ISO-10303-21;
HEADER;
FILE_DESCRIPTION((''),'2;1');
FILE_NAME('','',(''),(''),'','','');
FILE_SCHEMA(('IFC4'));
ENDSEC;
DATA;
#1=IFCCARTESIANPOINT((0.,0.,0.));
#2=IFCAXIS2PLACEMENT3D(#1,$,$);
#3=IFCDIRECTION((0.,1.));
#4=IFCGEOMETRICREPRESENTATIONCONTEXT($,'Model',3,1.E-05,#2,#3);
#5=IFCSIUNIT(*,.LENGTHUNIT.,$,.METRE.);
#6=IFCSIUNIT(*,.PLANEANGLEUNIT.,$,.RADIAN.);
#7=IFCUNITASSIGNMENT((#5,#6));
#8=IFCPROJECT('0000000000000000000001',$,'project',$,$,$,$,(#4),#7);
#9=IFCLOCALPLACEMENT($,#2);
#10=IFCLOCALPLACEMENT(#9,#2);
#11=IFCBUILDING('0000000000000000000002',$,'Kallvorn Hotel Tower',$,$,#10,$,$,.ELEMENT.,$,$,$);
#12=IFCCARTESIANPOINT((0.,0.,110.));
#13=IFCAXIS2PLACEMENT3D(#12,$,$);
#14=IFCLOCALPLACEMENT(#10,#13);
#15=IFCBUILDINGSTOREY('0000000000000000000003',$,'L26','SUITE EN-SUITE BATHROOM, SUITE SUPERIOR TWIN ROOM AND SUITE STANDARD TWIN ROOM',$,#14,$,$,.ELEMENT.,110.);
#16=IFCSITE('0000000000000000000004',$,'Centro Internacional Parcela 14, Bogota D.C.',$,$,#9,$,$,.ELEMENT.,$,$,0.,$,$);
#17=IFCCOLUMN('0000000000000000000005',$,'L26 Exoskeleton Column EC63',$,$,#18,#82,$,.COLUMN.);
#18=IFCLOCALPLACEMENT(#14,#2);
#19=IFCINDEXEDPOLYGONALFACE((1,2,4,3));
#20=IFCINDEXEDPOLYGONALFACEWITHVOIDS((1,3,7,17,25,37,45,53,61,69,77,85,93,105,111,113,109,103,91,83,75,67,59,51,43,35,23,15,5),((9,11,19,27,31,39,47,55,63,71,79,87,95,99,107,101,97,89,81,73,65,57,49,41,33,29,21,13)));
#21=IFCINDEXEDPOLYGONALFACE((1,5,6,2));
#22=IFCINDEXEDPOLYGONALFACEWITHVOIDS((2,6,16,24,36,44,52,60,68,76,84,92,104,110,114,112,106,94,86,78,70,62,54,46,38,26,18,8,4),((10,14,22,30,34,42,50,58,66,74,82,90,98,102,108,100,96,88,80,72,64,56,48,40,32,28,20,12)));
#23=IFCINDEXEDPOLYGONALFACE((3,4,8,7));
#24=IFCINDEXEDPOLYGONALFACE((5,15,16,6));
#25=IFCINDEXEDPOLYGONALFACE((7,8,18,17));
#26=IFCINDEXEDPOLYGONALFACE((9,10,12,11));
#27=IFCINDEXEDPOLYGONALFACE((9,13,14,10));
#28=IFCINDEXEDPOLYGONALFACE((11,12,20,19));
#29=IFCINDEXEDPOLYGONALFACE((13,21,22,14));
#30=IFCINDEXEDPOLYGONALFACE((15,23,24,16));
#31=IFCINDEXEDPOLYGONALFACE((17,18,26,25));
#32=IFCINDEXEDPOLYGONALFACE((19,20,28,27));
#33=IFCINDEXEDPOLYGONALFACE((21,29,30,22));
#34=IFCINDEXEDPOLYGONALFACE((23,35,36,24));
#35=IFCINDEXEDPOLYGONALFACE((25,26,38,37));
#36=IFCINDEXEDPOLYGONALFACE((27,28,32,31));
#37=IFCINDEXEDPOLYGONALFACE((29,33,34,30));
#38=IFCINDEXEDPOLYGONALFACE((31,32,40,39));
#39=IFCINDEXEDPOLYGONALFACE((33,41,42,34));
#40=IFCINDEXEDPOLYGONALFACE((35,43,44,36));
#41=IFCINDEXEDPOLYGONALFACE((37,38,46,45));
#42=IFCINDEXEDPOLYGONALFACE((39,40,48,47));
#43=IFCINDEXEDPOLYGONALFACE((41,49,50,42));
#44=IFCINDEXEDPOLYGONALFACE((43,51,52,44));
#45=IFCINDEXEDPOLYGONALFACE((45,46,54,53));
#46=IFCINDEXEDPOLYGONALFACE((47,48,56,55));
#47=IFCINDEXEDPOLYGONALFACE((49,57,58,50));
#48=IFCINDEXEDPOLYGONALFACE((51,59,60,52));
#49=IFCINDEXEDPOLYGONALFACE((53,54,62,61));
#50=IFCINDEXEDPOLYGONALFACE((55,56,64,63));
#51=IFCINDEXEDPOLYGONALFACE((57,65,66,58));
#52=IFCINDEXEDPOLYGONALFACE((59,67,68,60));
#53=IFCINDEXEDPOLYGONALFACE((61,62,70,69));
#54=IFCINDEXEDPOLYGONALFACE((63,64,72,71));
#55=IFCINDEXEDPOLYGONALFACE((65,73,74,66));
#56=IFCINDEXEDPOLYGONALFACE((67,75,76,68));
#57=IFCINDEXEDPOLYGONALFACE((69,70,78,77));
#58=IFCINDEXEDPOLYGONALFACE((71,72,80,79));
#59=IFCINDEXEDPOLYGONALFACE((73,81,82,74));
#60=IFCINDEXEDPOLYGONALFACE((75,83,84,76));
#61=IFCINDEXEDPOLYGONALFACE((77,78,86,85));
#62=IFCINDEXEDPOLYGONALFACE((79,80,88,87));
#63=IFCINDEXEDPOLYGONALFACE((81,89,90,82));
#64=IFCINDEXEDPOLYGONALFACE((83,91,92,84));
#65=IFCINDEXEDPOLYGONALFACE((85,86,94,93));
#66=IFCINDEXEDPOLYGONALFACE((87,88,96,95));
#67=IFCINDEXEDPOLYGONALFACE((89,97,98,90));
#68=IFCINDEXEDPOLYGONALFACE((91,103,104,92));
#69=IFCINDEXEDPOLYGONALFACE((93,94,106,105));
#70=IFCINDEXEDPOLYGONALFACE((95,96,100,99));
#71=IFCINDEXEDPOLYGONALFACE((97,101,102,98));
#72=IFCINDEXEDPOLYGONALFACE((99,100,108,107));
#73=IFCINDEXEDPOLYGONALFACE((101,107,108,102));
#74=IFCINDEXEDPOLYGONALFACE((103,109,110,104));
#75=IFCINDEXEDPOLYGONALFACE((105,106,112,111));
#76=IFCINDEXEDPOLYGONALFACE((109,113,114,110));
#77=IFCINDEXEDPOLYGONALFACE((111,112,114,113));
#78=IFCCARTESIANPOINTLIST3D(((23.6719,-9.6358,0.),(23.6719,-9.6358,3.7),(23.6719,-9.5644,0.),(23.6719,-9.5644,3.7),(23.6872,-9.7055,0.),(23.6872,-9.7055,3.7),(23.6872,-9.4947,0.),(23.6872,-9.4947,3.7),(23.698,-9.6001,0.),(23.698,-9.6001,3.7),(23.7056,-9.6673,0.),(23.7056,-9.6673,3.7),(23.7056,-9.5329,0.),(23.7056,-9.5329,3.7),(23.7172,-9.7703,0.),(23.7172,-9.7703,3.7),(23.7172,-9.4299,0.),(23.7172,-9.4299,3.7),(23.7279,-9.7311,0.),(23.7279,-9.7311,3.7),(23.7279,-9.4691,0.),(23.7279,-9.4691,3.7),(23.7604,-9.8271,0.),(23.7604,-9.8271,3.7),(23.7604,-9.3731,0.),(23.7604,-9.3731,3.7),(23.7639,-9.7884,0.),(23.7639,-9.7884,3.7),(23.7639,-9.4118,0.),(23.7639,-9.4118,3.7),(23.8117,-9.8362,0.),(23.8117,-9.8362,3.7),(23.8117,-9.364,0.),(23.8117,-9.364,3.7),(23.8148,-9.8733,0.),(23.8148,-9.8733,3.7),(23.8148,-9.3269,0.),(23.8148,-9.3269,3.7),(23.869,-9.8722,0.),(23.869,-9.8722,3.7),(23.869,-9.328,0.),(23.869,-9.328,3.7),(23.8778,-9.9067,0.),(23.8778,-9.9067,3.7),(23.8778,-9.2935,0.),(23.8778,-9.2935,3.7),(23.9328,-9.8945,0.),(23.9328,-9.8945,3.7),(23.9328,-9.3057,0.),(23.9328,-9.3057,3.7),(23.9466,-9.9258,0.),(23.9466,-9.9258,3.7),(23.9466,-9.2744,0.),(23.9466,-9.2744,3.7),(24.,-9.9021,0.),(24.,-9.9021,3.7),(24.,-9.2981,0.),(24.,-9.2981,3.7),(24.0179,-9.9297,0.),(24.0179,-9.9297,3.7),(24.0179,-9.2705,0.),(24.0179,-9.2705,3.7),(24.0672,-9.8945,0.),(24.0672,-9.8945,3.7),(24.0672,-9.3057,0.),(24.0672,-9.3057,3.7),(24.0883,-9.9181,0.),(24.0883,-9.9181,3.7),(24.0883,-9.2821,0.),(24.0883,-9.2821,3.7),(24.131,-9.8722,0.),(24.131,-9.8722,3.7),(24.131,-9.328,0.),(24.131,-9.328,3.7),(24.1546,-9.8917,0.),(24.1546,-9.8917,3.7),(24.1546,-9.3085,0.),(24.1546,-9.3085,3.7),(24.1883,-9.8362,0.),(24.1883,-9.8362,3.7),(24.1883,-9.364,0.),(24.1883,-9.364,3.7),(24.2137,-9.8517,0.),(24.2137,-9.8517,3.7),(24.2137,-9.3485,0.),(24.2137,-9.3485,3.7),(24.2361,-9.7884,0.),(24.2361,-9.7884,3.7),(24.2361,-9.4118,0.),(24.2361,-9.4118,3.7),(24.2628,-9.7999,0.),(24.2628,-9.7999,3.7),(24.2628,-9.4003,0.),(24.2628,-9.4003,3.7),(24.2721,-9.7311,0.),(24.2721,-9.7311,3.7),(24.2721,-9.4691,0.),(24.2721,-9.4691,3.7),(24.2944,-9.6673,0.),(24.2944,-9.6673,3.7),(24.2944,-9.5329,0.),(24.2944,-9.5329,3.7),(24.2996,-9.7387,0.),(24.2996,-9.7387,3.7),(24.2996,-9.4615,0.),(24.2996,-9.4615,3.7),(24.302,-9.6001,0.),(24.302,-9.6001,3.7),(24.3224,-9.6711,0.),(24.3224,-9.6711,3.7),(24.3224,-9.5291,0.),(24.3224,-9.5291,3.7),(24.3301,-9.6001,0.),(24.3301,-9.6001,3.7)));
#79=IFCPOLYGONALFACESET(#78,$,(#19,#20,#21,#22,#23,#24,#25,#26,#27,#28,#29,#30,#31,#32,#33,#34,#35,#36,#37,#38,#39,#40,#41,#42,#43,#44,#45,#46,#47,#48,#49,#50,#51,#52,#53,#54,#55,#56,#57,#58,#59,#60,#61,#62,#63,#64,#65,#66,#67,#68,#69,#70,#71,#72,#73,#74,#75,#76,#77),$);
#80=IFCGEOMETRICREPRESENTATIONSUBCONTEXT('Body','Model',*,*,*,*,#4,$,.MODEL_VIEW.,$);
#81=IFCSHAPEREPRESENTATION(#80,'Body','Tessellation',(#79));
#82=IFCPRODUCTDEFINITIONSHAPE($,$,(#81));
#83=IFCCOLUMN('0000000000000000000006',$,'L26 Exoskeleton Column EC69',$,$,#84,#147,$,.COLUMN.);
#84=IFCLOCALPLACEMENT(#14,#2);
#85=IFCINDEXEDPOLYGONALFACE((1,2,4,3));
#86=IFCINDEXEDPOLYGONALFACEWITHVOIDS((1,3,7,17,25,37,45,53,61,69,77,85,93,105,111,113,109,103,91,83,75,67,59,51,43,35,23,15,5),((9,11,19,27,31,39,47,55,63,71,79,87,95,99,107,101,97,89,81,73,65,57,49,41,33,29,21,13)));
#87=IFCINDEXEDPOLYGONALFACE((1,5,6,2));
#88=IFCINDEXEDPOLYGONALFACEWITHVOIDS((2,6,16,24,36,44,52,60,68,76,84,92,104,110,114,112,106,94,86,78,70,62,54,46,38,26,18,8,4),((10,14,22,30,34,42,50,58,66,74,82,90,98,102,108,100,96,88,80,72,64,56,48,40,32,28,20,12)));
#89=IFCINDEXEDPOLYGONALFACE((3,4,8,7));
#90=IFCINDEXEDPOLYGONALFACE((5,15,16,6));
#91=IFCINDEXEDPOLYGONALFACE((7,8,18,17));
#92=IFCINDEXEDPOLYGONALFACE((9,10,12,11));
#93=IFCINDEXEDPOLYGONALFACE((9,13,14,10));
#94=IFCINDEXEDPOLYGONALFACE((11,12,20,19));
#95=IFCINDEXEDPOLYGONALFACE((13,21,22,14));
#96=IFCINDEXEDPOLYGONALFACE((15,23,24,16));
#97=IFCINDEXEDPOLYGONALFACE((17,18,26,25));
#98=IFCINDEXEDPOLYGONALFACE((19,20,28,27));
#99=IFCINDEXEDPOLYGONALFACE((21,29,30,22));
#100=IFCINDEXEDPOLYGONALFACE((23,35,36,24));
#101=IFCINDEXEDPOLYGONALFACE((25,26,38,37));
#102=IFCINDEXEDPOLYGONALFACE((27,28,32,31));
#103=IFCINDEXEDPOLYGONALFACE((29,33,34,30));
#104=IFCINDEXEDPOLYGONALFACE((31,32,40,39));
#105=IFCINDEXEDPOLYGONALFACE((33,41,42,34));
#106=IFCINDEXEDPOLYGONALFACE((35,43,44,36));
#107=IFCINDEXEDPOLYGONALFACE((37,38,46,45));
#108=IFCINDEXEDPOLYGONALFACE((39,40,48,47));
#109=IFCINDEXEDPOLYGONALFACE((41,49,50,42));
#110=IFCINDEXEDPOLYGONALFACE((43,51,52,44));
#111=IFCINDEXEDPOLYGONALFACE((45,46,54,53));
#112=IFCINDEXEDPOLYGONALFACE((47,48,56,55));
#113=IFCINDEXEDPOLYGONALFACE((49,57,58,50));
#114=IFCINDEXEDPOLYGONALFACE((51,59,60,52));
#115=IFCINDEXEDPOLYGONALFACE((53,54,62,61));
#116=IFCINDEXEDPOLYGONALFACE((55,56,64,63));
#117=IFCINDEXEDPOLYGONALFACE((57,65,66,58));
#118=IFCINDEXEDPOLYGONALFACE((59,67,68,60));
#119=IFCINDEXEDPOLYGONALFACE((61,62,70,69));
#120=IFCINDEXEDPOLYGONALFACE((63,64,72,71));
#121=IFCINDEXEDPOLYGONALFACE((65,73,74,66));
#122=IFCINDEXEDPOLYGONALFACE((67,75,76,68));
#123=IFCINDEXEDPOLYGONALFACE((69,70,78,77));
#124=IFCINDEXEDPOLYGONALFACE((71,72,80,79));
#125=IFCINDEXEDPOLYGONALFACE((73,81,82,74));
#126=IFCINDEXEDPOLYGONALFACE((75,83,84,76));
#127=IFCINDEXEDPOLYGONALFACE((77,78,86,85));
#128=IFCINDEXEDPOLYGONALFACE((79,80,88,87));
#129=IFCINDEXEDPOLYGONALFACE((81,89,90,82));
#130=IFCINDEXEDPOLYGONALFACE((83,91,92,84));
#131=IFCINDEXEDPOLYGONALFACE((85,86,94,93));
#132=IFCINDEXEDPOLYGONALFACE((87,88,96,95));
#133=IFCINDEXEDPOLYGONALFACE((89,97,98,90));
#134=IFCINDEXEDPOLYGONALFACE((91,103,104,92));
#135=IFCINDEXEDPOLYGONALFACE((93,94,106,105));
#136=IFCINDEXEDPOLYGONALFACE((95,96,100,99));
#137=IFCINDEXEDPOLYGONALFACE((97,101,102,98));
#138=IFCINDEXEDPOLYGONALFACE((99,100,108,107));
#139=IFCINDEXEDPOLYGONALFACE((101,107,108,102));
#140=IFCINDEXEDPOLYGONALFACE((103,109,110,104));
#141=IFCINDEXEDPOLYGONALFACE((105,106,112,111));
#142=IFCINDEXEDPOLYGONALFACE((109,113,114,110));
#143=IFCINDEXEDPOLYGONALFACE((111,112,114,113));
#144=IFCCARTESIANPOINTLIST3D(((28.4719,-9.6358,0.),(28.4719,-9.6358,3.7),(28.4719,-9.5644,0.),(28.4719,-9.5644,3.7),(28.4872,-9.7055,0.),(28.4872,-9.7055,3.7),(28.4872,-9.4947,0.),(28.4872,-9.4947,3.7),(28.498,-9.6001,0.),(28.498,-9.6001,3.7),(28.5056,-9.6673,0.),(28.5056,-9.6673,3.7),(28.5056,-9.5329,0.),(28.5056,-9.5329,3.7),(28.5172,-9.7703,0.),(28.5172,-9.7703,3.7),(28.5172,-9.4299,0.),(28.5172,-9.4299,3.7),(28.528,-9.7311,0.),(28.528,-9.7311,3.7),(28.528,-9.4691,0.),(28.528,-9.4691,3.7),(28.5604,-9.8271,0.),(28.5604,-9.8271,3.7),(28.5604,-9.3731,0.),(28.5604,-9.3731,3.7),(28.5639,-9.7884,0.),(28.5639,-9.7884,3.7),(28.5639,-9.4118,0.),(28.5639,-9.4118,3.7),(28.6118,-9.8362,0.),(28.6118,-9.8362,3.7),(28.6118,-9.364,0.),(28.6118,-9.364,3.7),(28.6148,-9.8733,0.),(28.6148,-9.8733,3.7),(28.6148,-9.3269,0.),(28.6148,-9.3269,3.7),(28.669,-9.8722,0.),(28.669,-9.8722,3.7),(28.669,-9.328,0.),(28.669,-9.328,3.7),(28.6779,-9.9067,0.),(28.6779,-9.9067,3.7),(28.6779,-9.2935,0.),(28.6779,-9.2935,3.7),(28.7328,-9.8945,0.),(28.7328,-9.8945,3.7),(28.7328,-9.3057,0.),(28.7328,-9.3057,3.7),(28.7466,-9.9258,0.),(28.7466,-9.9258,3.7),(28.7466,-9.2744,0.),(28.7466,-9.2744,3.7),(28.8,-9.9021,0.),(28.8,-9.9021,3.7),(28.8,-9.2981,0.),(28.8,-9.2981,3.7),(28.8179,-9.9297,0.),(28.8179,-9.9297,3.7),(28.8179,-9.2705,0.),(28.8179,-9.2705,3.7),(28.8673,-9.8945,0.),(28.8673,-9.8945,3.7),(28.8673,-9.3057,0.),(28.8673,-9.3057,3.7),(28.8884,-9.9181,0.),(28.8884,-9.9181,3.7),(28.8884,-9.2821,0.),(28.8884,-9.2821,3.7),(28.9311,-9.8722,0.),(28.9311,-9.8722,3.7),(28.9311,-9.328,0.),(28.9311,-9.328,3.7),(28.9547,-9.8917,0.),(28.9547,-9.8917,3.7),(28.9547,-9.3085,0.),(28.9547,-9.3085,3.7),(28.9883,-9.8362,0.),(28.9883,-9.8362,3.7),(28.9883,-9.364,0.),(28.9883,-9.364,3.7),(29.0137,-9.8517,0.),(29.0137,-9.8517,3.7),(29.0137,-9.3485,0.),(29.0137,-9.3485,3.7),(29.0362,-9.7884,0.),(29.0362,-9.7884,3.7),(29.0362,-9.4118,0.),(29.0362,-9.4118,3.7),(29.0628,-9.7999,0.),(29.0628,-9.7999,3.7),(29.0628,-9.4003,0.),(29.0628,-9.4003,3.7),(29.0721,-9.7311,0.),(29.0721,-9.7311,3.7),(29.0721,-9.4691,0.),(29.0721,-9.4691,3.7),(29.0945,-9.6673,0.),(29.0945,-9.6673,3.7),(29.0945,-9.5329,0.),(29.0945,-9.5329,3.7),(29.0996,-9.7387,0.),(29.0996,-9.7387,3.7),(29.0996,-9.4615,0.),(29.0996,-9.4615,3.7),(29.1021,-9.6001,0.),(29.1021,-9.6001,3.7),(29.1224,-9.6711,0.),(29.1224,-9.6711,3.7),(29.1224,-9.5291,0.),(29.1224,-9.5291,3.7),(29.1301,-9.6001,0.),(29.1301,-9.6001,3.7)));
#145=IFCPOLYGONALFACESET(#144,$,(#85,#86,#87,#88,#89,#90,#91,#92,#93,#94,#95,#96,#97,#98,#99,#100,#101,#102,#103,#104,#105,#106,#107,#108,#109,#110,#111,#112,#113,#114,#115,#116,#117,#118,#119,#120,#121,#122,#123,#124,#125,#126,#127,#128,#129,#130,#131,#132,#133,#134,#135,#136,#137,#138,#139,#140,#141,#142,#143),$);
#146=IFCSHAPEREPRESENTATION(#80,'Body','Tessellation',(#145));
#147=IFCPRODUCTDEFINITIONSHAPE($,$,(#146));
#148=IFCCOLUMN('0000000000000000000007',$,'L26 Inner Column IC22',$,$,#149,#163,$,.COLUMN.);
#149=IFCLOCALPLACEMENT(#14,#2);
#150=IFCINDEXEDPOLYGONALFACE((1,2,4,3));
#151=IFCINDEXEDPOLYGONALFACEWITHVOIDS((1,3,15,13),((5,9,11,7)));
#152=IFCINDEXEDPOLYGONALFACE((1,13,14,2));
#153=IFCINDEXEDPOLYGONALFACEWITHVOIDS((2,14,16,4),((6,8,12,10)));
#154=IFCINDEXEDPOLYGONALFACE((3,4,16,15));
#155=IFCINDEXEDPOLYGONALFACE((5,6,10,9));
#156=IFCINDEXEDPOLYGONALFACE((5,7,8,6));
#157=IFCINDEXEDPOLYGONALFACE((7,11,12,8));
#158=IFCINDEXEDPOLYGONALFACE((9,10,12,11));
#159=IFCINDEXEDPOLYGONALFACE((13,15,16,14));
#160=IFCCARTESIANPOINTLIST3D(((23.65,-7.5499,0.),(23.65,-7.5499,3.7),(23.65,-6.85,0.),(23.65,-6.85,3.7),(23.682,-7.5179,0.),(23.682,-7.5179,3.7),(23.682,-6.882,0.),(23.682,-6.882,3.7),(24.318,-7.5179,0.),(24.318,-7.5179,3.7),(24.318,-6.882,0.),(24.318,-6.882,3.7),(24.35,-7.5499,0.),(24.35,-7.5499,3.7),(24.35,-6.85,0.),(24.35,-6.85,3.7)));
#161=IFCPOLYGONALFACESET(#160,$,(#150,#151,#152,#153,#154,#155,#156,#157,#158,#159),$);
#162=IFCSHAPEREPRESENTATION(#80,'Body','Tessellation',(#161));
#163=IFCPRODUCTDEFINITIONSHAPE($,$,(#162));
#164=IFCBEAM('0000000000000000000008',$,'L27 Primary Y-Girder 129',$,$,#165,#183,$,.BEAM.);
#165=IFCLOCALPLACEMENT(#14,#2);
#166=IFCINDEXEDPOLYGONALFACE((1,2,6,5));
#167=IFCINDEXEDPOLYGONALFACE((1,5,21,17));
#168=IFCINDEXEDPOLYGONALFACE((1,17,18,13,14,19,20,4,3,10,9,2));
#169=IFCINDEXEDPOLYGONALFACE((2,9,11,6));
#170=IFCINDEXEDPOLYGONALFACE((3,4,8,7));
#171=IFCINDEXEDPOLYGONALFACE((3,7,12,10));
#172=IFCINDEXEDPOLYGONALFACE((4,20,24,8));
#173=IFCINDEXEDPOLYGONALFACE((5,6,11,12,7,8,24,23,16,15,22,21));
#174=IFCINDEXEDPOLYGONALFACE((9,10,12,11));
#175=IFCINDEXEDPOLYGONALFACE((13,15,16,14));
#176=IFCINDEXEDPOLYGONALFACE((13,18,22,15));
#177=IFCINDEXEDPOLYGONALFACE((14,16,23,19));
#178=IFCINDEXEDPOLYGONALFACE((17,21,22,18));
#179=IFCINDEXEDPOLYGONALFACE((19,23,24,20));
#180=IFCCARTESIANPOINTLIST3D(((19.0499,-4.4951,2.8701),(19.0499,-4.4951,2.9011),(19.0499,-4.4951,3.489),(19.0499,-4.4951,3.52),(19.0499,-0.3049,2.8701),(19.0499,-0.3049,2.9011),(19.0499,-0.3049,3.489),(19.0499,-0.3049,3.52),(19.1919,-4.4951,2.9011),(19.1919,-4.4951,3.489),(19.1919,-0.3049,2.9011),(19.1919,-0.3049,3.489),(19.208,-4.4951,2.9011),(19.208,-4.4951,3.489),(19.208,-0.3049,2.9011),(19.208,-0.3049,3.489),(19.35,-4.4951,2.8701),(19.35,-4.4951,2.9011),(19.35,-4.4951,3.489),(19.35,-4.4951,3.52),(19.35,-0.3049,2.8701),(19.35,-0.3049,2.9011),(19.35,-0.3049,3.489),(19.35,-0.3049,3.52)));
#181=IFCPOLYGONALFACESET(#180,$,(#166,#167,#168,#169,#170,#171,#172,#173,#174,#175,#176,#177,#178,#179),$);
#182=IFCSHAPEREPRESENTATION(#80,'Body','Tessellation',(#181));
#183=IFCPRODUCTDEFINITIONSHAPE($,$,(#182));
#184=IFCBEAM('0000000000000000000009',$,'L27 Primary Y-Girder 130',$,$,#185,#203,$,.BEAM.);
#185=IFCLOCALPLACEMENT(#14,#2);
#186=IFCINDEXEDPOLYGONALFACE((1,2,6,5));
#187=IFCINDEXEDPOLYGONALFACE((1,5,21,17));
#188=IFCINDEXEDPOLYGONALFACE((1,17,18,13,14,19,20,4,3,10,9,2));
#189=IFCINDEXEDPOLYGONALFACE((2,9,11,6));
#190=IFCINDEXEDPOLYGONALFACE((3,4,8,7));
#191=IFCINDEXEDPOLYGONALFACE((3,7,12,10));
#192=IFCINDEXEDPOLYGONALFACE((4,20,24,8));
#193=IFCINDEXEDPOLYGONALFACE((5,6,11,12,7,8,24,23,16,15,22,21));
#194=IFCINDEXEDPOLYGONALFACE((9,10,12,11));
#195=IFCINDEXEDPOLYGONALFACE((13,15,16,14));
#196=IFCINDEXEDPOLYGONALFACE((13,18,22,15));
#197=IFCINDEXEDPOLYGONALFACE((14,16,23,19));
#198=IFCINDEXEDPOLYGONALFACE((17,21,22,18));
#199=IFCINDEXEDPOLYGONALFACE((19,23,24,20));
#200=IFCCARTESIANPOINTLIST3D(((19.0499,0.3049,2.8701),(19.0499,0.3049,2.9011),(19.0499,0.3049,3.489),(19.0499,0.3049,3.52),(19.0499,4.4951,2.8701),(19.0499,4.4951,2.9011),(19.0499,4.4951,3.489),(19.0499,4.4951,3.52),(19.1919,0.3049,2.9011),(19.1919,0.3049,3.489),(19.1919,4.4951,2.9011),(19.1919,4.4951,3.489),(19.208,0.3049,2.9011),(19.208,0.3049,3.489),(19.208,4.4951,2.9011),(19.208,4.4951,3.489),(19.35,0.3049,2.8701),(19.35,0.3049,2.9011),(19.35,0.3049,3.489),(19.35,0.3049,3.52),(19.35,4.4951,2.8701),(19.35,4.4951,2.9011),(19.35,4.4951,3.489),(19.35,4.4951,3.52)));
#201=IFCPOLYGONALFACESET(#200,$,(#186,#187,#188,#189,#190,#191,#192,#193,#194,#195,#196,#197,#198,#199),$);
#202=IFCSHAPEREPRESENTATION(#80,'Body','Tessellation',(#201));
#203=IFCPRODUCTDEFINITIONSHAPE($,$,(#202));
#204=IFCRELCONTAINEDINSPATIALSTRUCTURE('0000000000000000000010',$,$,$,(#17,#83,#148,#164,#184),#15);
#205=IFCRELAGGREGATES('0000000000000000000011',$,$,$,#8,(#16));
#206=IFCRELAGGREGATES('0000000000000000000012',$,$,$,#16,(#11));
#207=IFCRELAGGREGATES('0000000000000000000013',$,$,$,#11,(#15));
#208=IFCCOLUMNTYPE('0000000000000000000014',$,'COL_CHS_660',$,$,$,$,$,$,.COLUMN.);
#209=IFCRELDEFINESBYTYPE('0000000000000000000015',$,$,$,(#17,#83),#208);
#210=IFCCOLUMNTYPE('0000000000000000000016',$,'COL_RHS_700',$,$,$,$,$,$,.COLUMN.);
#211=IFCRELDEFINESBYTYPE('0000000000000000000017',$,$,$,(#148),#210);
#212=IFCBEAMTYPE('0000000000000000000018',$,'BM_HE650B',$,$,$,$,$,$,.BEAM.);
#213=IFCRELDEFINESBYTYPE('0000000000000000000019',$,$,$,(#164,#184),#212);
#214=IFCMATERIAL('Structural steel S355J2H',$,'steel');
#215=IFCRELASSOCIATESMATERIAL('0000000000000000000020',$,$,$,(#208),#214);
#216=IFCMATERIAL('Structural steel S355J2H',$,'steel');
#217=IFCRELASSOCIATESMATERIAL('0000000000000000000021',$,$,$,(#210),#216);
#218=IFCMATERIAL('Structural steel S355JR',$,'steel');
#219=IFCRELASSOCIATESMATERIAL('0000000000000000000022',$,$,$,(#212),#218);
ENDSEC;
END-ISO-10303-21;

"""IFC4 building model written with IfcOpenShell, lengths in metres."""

from ifc_helpers import new_model, si_unit, direction, frame, origin, origin_2d, place, context, subcontext, project, spatial, hollow_rectangle, hollow_circle, i_section, extrude, material, material_profile, profile_set, type_object, element, save


model = new_model("IFC4")

# Units and contexts
model_context = context("Model", 3, precision=1e-05, world=origin(), true_north=direction((0.0, 1.0)))
body_context = subcontext(model_context, "Body", "Model", "MODEL_VIEW")
ifc_project = project(units=[si_unit("LENGTHUNIT", "METRE"), si_unit("PLANEANGLEUNIT", "RADIAN")], contexts=[model_context])

# Site, building, storey
site_placement = place(None, origin())
site = spatial("IfcSite", under=ifc_project, at=site_placement, Name="Centro Internacional Parcela 14, Bogota D.C.", CompositionType="ELEMENT", RefElevation=0.0)
building_placement = place(site_placement, origin())
building = spatial("IfcBuilding", under=site, at=building_placement, Name="Kallvorn Hotel Tower", CompositionType="ELEMENT")
storey_placement = place(building_placement, frame((0.0, 0.0, 110.0)))
storey = spatial("IfcBuildingStorey", under=building, at=storey_placement, Name="L26", Description="SUITE EN-SUITE BATHROOM, SUITE SUPERIOR TWIN ROOM AND SUITE STANDARD TWIN ROOM", CompositionType="ELEMENT", Elevation=110.0)

# Columns
ifc_material_1 = material(Name="Structural steel S355J2H", Category="steel")
ifc_material_profile_1 = material_profile(ifc_material_1, hollow_circle(Radius=0.3301, WallThickness=0.0281, at=origin_2d()), Name="CHS 660x28")
ifc_profile_set_1 = profile_set([ifc_material_profile_1], Name="Structural steel S355J2H")
column_type_1 = type_object("IfcColumnType", Name="COL_CHS_660", PredefinedType="COLUMN", material=ifc_profile_set_1)
for number, where, z_axis, x_axis, name in (
    (1, (24.0, -9.6001, 0.0), (0.0, 0.0, 1.0), (1.0, 0.0, 0.0), "L26 Exoskeleton Column EC63"),
    (2, (28.8, -9.6001, 0.0), (0.0, 0.0, 1.0), (1.0, 0.0, 0.0), "L26 Exoskeleton Column EC69"),
):
    element("IfcColumn", number, at=place(storey_placement, frame(where, z_axis=z_axis, x_axis=x_axis)), inside=storey, type_object=column_type_1, Name=name, PredefinedType="COLUMN", context=body_context, shape_type="SweptSolid", body=[
        extrude(hollow_circle(Radius=0.3301, WallThickness=0.0281, at=origin_2d()), origin(), (0.0, 0.0, 1.0), 3.7),
    ])
ifc_material_2 = material(Name="Structural steel S355J2H", Category="steel")
ifc_material_profile_2 = material_profile(ifc_material_2, hollow_rectangle(XDim=0.7, YDim=0.7, WallThickness=0.032, at=origin_2d()), Name="RHS 700x700x32")
ifc_profile_set_2 = profile_set([ifc_material_profile_2], Name="Structural steel S355J2H")
column_type_2 = type_object("IfcColumnType", Name="COL_RHS_700", PredefinedType="COLUMN", material=ifc_profile_set_2)
column_placement = place(storey_placement, frame((24.0, -7.2, 0.0), z_axis=(0.0, 0.0, 1.0), x_axis=(1.0, 0.0, 0.0)))
element("IfcColumn", 3, at=column_placement, inside=storey, type_object=column_type_2, Name="L26 Inner Column IC22", PredefinedType="COLUMN", context=body_context, shape_type="SweptSolid", body=[
    extrude(hollow_rectangle(XDim=0.7, YDim=0.7, WallThickness=0.032, at=origin_2d()), origin(), (0.0, 0.0, 1.0), 3.7),
])

# Beams
ifc_material_3 = material(Name="Structural steel S355JR", Category="steel")
ifc_material_profile_3 = material_profile(ifc_material_3, i_section(OverallWidth=0.3, OverallDepth=0.6499, WebThickness=0.0161, FlangeThickness=0.031, at=origin_2d()), Name="HE 650 B")
ifc_profile_set_3 = profile_set([ifc_material_profile_3], Name="Structural steel S355JR")
beam_type_1 = type_object("IfcBeamType", Name="BM_HE650B", PredefinedType="BEAM", material=ifc_profile_set_3)
for number, where, z_axis, x_axis, name in (
    (4, (19.2, -4.4951, 3.1951), (0.0, 1.0, 0.0), (-1.0, 0.0, 0.0), "L27 Primary Y-Girder 129"),
    (5, (19.2, 0.3049, 3.1951), (0.0, 1.0, 0.0), (-1.0, 0.0, 0.0), "L27 Primary Y-Girder 130"),
):
    element("IfcBeam", number, at=place(storey_placement, frame(where, z_axis=z_axis, x_axis=x_axis)), inside=storey, type_object=beam_type_1, Name=name, PredefinedType="BEAM", context=body_context, shape_type="SweptSolid", body=[
        extrude(i_section(OverallWidth=0.3, OverallDepth=0.6499, WebThickness=0.0161, FlangeThickness=0.031, at=origin_2d()), origin(), (0.0, 0.0, 1.0), 4.1902),
    ])

save(model, "model.ifc")
